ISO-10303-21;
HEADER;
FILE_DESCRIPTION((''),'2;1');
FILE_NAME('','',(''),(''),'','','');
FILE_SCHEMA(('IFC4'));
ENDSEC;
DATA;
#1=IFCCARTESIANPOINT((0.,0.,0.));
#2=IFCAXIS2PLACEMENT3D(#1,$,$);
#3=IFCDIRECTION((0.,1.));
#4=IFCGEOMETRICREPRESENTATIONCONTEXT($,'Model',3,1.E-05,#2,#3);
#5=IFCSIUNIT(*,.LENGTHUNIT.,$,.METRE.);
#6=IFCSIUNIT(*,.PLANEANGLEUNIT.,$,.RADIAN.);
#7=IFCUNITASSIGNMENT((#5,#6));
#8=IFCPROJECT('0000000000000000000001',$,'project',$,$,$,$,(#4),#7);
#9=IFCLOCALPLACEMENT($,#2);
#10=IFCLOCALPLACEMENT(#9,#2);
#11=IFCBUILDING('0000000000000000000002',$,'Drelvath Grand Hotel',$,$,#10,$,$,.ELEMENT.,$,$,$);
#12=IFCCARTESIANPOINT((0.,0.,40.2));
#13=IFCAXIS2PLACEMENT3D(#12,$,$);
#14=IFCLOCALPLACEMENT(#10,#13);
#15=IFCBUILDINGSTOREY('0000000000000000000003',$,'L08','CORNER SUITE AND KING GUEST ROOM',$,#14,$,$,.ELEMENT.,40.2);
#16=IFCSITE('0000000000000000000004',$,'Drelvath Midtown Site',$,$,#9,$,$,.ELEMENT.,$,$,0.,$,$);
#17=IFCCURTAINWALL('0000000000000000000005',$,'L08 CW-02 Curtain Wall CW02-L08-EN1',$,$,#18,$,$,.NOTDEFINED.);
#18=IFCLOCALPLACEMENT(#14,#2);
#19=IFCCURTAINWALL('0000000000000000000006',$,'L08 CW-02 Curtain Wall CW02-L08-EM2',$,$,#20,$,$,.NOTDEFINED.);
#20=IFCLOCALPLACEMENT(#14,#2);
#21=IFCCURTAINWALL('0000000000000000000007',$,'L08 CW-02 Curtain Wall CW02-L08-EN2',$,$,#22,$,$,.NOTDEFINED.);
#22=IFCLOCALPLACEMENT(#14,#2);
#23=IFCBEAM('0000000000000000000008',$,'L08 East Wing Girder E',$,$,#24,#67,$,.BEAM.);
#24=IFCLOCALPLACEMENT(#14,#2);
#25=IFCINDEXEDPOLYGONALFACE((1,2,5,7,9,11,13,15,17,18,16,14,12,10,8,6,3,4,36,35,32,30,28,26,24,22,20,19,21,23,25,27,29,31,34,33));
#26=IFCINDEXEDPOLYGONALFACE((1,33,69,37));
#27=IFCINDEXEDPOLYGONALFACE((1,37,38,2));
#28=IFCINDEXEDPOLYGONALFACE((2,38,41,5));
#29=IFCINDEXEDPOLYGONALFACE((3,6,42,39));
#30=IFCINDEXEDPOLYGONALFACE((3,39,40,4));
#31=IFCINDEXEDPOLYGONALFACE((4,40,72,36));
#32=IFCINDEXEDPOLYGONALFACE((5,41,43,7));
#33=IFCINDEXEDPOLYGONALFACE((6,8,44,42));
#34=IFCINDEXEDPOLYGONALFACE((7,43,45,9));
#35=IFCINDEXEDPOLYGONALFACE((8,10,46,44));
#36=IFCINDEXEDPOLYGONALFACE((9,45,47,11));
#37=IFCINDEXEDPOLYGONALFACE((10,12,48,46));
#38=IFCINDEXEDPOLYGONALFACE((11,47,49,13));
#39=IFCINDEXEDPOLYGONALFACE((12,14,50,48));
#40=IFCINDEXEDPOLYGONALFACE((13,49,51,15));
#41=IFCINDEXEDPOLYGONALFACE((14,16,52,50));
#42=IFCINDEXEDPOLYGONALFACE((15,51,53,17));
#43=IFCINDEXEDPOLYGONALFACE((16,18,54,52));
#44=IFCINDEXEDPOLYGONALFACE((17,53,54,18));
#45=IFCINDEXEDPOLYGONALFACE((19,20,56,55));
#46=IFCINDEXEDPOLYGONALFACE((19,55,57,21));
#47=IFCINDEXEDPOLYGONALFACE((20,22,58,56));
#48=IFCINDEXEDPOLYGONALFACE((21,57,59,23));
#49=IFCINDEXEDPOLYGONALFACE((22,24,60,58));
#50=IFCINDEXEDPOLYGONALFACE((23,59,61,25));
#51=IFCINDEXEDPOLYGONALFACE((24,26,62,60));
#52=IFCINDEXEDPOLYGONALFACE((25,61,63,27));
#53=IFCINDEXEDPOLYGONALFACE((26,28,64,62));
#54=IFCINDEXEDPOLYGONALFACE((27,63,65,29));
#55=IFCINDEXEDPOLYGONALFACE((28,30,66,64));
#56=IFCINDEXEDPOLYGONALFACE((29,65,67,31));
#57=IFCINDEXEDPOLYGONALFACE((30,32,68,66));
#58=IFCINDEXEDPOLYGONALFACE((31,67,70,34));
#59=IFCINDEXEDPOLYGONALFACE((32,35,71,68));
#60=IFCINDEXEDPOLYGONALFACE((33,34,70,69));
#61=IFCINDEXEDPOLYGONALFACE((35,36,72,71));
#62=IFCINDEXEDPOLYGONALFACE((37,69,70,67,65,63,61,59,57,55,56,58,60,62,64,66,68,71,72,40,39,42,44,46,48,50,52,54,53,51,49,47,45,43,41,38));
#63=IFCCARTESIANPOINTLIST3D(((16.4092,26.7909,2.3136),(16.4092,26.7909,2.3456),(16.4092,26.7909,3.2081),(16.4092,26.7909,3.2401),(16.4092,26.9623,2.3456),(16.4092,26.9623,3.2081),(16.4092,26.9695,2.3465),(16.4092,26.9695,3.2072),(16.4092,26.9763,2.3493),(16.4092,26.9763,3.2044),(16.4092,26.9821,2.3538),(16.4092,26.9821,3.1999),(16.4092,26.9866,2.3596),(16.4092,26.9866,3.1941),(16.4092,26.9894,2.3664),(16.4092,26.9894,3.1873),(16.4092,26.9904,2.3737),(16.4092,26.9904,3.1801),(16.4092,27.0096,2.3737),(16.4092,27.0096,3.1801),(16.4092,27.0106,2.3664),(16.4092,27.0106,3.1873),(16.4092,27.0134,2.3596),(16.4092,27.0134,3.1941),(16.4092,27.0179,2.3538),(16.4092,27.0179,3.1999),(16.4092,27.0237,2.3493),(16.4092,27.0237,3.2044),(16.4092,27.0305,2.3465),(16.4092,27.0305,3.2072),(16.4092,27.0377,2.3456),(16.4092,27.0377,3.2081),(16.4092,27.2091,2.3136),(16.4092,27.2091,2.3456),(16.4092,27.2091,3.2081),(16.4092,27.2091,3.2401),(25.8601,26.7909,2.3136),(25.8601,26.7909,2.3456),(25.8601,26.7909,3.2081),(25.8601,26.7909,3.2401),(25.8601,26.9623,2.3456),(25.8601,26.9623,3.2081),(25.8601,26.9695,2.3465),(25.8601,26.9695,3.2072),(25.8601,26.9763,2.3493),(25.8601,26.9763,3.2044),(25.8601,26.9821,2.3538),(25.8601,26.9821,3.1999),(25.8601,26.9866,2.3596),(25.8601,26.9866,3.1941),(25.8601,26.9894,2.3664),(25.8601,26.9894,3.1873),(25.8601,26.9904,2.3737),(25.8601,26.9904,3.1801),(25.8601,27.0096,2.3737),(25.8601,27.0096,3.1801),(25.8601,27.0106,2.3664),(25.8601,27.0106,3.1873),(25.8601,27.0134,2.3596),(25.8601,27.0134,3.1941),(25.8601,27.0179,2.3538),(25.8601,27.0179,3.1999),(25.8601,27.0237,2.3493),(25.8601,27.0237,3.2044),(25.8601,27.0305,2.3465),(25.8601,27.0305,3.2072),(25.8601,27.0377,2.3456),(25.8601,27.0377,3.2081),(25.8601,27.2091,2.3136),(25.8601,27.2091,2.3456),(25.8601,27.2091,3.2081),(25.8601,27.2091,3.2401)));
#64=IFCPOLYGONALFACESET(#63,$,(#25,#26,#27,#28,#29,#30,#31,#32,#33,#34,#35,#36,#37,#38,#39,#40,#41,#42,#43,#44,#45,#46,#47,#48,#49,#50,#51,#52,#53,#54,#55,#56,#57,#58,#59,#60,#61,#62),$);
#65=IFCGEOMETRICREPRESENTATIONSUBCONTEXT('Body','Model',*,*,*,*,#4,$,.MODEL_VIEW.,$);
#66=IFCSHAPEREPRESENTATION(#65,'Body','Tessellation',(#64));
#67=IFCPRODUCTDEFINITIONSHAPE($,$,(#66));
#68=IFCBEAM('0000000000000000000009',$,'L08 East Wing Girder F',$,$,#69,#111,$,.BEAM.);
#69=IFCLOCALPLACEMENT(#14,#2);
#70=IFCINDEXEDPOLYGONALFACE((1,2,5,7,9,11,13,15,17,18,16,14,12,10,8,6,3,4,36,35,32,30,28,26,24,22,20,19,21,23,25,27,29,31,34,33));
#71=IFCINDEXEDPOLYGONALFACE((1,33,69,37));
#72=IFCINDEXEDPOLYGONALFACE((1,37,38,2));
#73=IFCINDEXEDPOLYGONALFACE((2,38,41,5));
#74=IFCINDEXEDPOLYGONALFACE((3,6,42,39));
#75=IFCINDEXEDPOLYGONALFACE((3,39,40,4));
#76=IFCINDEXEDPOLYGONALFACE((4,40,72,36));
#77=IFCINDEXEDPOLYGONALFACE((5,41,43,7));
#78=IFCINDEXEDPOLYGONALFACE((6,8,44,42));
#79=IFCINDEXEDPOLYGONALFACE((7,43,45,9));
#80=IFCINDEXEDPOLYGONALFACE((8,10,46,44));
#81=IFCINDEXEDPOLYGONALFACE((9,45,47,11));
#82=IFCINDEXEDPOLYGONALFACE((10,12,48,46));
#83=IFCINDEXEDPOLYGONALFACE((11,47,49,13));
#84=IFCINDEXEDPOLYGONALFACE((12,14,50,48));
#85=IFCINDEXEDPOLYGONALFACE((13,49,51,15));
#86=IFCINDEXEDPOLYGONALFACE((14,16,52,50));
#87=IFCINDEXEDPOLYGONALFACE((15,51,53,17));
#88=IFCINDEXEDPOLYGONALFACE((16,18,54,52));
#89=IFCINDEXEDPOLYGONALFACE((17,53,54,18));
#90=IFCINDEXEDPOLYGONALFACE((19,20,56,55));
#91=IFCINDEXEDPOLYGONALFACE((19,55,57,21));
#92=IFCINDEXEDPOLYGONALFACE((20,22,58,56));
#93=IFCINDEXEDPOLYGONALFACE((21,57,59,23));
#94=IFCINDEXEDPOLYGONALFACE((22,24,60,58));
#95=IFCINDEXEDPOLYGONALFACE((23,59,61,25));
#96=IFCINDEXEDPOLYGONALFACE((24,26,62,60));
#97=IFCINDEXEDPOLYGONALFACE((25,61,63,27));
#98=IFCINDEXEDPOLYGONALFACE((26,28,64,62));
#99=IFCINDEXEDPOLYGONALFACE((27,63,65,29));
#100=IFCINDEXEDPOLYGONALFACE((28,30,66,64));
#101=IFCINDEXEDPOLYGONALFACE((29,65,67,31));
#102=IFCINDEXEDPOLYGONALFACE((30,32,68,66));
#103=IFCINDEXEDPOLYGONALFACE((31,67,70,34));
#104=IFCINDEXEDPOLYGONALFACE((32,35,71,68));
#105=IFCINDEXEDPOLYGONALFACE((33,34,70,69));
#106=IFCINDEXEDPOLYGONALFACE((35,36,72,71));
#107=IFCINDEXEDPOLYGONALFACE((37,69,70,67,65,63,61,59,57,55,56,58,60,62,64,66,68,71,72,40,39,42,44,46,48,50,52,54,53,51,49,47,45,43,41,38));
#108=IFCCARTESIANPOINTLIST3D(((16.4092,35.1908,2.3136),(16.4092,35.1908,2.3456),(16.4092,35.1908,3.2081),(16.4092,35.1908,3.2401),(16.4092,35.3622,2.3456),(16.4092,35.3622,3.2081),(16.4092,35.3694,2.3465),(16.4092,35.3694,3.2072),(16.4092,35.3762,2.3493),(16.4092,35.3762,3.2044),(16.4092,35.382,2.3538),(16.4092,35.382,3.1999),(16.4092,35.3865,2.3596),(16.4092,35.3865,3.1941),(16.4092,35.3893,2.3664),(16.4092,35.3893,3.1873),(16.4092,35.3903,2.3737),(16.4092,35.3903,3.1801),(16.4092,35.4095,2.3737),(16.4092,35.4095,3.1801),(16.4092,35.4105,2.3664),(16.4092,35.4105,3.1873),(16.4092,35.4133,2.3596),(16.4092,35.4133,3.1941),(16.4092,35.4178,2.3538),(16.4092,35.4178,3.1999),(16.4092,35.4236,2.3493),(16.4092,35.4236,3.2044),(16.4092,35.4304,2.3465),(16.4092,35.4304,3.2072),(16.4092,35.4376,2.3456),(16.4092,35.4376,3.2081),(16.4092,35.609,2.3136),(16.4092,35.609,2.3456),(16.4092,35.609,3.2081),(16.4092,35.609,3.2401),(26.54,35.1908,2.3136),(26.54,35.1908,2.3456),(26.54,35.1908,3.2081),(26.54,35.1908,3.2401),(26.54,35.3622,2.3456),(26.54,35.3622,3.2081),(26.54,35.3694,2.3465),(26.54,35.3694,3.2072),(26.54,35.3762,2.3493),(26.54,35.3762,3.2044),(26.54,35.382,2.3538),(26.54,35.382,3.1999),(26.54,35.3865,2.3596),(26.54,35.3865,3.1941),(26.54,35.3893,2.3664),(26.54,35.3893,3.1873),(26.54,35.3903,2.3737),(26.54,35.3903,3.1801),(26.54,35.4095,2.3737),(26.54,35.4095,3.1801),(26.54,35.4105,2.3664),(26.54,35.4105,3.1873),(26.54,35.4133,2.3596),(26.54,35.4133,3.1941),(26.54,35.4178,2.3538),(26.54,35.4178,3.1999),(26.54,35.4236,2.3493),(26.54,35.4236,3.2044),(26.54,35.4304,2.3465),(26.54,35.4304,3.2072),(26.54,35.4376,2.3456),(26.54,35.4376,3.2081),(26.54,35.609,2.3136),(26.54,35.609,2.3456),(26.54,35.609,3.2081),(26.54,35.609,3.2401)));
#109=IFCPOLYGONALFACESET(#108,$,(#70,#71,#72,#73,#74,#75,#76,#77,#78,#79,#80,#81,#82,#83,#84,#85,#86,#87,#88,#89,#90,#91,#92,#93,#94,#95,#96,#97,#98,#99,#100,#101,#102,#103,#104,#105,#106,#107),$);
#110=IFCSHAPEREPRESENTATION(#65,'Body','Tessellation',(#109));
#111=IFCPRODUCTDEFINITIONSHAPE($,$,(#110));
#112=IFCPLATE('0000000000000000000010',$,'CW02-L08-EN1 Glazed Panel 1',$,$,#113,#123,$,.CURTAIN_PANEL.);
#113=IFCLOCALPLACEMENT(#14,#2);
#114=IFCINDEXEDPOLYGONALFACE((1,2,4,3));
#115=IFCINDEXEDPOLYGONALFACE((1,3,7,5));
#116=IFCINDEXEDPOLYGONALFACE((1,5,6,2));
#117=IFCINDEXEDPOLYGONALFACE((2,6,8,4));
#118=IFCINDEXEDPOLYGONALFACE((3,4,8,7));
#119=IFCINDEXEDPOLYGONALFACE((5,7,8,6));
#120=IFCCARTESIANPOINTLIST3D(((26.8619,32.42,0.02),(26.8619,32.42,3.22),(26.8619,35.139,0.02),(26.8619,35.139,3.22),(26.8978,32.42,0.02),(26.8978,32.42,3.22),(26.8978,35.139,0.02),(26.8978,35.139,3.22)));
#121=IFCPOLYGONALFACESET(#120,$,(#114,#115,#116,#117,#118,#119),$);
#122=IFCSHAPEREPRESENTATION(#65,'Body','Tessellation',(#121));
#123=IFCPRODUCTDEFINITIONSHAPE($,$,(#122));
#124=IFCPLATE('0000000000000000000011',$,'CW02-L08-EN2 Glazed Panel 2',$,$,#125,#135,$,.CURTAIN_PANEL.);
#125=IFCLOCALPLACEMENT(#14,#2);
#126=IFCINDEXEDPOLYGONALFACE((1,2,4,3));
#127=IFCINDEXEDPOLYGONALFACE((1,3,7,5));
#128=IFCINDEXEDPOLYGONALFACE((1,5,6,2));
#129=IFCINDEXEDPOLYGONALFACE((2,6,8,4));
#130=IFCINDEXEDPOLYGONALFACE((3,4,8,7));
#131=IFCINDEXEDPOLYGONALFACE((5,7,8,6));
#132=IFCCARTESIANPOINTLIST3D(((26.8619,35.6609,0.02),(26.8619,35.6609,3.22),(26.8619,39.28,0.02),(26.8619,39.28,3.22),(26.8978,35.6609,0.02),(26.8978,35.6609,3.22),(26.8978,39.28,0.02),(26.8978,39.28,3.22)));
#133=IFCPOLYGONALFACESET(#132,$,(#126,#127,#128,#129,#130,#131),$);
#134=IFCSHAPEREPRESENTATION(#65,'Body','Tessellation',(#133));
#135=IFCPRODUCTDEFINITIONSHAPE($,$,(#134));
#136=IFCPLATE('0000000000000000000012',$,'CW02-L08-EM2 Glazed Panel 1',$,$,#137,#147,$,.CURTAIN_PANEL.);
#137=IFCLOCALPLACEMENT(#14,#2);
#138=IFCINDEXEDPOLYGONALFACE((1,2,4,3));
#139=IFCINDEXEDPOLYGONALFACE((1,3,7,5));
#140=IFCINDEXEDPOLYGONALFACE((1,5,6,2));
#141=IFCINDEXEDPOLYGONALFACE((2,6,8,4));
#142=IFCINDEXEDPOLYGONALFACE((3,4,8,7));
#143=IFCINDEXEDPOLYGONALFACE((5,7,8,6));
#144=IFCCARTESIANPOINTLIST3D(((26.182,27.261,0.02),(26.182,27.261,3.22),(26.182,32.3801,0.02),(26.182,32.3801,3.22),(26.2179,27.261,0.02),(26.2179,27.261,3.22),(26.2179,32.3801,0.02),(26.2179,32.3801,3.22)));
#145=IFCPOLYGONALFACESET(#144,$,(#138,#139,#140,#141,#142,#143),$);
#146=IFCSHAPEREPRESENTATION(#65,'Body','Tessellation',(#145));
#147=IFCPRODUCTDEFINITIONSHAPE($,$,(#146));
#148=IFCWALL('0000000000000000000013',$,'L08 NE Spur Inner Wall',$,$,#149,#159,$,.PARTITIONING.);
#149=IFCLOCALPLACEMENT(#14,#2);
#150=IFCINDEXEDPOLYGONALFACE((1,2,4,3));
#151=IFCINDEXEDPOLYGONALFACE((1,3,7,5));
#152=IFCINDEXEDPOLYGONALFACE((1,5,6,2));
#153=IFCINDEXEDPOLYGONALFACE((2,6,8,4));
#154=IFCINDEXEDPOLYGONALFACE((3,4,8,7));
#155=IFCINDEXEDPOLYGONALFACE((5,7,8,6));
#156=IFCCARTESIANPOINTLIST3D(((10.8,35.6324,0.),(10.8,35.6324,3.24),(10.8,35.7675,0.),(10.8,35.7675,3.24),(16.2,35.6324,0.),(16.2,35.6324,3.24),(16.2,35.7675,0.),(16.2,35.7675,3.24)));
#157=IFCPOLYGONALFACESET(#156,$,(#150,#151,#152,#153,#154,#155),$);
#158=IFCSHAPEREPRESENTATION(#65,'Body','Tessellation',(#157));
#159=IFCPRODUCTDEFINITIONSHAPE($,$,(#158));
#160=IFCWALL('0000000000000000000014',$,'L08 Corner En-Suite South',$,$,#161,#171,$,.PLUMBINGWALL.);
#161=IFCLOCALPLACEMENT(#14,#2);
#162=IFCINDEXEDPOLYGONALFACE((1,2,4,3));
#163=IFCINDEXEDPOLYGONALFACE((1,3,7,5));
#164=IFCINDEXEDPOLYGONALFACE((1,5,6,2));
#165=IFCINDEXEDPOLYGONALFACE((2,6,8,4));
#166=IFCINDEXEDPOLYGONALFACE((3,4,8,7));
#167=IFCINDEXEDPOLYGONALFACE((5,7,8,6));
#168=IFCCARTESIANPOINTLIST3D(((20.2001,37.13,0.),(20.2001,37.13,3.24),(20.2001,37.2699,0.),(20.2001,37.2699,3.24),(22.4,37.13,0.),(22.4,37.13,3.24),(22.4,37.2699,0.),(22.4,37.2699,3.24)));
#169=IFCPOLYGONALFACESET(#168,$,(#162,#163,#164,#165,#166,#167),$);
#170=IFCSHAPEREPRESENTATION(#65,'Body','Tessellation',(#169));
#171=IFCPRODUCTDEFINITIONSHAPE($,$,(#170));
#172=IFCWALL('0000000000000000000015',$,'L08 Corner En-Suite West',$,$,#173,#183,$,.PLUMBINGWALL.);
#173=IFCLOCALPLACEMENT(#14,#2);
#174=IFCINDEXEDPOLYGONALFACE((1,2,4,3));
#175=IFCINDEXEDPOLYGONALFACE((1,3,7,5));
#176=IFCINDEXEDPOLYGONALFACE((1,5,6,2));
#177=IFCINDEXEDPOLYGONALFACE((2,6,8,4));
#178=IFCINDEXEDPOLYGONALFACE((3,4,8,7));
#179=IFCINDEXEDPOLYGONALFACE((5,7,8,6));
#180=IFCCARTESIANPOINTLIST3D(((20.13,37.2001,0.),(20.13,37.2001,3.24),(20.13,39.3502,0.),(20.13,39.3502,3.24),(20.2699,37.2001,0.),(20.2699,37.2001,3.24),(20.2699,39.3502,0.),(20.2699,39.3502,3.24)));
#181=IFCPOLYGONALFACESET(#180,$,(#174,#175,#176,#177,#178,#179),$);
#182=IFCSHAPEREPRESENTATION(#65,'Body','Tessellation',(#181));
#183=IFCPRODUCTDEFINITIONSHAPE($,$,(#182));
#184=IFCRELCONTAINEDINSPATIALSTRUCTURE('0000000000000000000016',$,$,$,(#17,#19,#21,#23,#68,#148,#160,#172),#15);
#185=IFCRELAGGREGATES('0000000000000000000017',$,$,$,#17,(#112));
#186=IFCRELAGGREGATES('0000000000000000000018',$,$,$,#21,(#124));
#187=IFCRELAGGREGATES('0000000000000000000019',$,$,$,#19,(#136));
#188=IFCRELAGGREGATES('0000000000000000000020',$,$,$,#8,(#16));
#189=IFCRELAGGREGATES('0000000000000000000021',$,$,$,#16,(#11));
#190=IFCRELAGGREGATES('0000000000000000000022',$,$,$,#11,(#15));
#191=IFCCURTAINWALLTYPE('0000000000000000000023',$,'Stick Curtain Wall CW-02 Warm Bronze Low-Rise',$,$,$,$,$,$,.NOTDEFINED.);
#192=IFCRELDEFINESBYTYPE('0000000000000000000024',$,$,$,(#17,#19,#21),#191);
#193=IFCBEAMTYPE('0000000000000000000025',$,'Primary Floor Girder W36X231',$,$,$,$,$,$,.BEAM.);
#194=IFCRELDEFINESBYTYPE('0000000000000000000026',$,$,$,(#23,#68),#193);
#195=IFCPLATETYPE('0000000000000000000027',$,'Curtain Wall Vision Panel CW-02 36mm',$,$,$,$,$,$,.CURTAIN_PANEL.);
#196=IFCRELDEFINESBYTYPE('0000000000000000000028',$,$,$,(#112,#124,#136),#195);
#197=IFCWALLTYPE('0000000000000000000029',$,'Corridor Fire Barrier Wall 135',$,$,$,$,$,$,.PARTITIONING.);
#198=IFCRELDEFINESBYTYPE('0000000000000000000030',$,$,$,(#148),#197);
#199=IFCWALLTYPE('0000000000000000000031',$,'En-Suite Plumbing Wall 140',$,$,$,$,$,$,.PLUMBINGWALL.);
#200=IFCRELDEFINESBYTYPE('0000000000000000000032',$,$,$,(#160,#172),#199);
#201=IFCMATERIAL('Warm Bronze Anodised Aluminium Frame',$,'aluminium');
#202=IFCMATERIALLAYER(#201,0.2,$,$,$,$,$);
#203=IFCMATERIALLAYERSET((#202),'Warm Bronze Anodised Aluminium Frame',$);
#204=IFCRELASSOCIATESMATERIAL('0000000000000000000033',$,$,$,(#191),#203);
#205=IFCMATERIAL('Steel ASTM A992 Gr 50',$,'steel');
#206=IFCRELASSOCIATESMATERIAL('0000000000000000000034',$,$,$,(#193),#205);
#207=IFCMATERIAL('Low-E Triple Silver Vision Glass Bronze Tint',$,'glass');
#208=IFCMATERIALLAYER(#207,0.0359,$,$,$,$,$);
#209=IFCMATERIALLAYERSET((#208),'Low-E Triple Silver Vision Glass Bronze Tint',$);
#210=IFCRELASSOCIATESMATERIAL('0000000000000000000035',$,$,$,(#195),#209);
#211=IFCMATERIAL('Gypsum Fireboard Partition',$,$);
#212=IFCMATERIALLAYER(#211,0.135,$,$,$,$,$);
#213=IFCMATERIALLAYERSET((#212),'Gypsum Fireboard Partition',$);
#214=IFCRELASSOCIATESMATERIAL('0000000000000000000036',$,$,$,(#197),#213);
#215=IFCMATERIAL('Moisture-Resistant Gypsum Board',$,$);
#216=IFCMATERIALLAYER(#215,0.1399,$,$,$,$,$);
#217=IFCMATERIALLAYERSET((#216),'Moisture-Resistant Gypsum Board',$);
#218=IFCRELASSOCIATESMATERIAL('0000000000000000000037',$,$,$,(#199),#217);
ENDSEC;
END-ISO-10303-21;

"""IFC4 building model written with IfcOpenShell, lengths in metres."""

from ifc_helpers import new_model, si_unit, direction, frame, frame_2d, origin, origin_2d, place, context, subcontext, project, spatial, rectangle, i_section, extrude, material, layer, layer_set, material_profile, profile_set, type_object, element, aggregate, save


model = new_model("IFC4")

# Units and contexts
model_context = context("Model", 3, precision=1e-05, world=origin(), true_north=direction((0.0, 1.0)))
body_context = subcontext(model_context, "Body", "Model", "MODEL_VIEW")
ifc_project = project(units=[si_unit("LENGTHUNIT", "METRE"), si_unit("PLANEANGLEUNIT", "RADIAN")], contexts=[model_context])

# Site, building, storey
site_placement = place(None, origin())
site = spatial("IfcSite", under=ifc_project, at=site_placement, Name="Drelvath Midtown Site", CompositionType="ELEMENT", RefElevation=0.0)
building_placement = place(site_placement, origin())
building = spatial("IfcBuilding", under=site, at=building_placement, Name="Drelvath Grand Hotel", CompositionType="ELEMENT")
storey_placement = place(building_placement, frame((0.0, 0.0, 40.2)))
storey = spatial("IfcBuildingStorey", under=building, at=storey_placement, Name="L08", Description="CORNER SUITE AND KING GUEST ROOM", CompositionType="ELEMENT", Elevation=40.2)

# Curtain walls
ifc_material_1 = material(Name="Warm Bronze Anodised Aluminium Frame", Category="aluminium")
ifc_layer_1 = layer(ifc_material_1, 0.2)
ifc_layer_set_1 = layer_set([ifc_layer_1], Name="Warm Bronze Anodised Aluminium Frame")
curtain_wall_type = type_object("IfcCurtainWallType", Name="Stick Curtain Wall CW-02 Warm Bronze Low-Rise", PredefinedType="NOTDEFINED", material=ifc_layer_set_1)
curtain_wall_1_placement = place(storey_placement, origin())
curtain_wall_1 = element("IfcCurtainWall", 1, at=curtain_wall_1_placement, inside=storey, type_object=curtain_wall_type, Name="L08 CW-02 Curtain Wall CW02-L08-EN1", PredefinedType="NOTDEFINED")
curtain_wall_2_placement = place(storey_placement, origin())
curtain_wall_2 = element("IfcCurtainWall", 2, at=curtain_wall_2_placement, inside=storey, type_object=curtain_wall_type, Name="L08 CW-02 Curtain Wall CW02-L08-EM2", PredefinedType="NOTDEFINED")

# Curtain wall
curtain_wall_3_placement = place(storey_placement, origin())
curtain_wall_3 = element("IfcCurtainWall", 3, at=curtain_wall_3_placement, inside=storey, type_object=curtain_wall_type, Name="L08 CW-02 Curtain Wall CW02-L08-EN2", PredefinedType="NOTDEFINED")

# Beams
ifc_material_2 = material(Name="Steel ASTM A992 Gr 50", Category="steel")
ifc_material_profile_1 = material_profile(ifc_material_2, i_section(OverallWidth=0.4182, OverallDepth=0.9265, WebThickness=0.0193, FlangeThickness=0.032, FilletRadius=0.0281, at=origin_2d()), Name="W36X231")
ifc_profile_set_1 = profile_set([ifc_material_profile_1], Name="Steel ASTM A992 Gr 50")
beam_type_1 = type_object("IfcBeamType", Name="Primary Floor Girder W36X231", PredefinedType="BEAM", material=ifc_profile_set_1)
beam_1_placement = place(storey_placement, frame((16.4092, 27.0, 2.7769), z_axis=(1.0, 0.0, 0.0), x_axis=(0.0, 1.0, 0.0)))
element("IfcBeam", 4, at=beam_1_placement, inside=storey, type_object=beam_type_1, Name="L08 East Wing Girder E", PredefinedType="BEAM", context=body_context, shape_type="SweptSolid", body=[
    extrude(i_section(OverallWidth=0.4182, OverallDepth=0.9265, WebThickness=0.0193, FlangeThickness=0.032, FilletRadius=0.0281, at=origin_2d()), origin(), (0.0, 0.0, 1.0), 9.4509),
])
beam_2_placement = place(storey_placement, frame((16.4092, 35.3999, 2.7769), z_axis=(1.0, 0.0, 0.0), x_axis=(0.0, 1.0, 0.0)))
element("IfcBeam", 5, at=beam_2_placement, inside=storey, type_object=beam_type_1, Name="L08 East Wing Girder F", PredefinedType="BEAM", context=body_context, shape_type="SweptSolid", body=[
    extrude(i_section(OverallWidth=0.4182, OverallDepth=0.9265, WebThickness=0.0193, FlangeThickness=0.032, FilletRadius=0.0281, at=origin_2d()), origin(), (0.0, 0.0, 1.0), 10.1309),
])

# Plates
ifc_material_3 = material(Name="Low-E Triple Silver Vision Glass Bronze Tint", Category="glass")
ifc_layer_2 = layer(ifc_material_3, 0.0359)
ifc_layer_set_2 = layer_set([ifc_layer_2], Name="Low-E Triple Silver Vision Glass Bronze Tint")
plate_type = type_object("IfcPlateType", Name="Curtain Wall Vision Panel CW-02 36mm", PredefinedType="CURTAIN_PANEL", material=ifc_layer_set_2)
plate_1_placement = place(storey_placement, frame((26.8799, 33.7795, 0.02), z_axis=(0.0, 0.0, 1.0), x_axis=(0.0, -1.0, 0.0)))
plate_1 = element("IfcPlate", 6, at=plate_1_placement, type_object=plate_type, Name="CW02-L08-EN1 Glazed Panel 1", PredefinedType="CURTAIN_PANEL", context=body_context, shape_type="SweptSolid", body=[
    extrude(rectangle(XDim=2.719, YDim=0.0359, at=origin_2d()), origin(), (0.0, 0.0, 1.0), 3.2),
])
aggregate(curtain_wall_1, [plate_1])
plate_2_placement = place(storey_placement, frame((26.8799, 37.4705, 0.02), z_axis=(0.0, 0.0, 1.0), x_axis=(0.0, -1.0, 0.0)))
plate_2 = element("IfcPlate", 7, at=plate_2_placement, type_object=plate_type, Name="CW02-L08-EN2 Glazed Panel 2", PredefinedType="CURTAIN_PANEL", context=body_context, shape_type="SweptSolid", body=[
    extrude(rectangle(XDim=3.6191, YDim=0.0359, at=origin_2d()), origin(), (0.0, 0.0, 1.0), 3.2),
])
aggregate(curtain_wall_3, [plate_2])
plate_3_placement = place(storey_placement, frame((26.2, 29.8206, 0.02), z_axis=(0.0, 0.0, 1.0), x_axis=(0.0, -1.0, 0.0)))
plate_3 = element("IfcPlate", 8, at=plate_3_placement, type_object=plate_type, Name="CW02-L08-EM2 Glazed Panel 1", PredefinedType="CURTAIN_PANEL", context=body_context, shape_type="SweptSolid", body=[
    extrude(rectangle(XDim=5.1191, YDim=0.0359, at=origin_2d()), origin(), (0.0, 0.0, 1.0), 3.2),
])
aggregate(curtain_wall_2, [plate_3])

# Wall
ifc_material_4 = material(Name="Gypsum Fireboard Partition")
ifc_layer_3 = layer(ifc_material_4, 0.135)
ifc_layer_set_3 = layer_set([ifc_layer_3], Name="Gypsum Fireboard Partition")
wall_type_1 = type_object("IfcWallType", Name="Corridor Fire Barrier Wall 135", PredefinedType="PARTITIONING", material=ifc_layer_set_3)
wall_1_placement = place(storey_placement, frame((10.8, 35.7, 0.0), z_axis=(0.0, 0.0, 1.0), x_axis=(1.0, 0.0, 0.0)))
element("IfcWall", 9, at=wall_1_placement, inside=storey, type_object=wall_type_1, Name="L08 NE Spur Inner Wall", PredefinedType="PARTITIONING", context=body_context, shape_type="SweptSolid", body=[
    extrude(rectangle(XDim=5.3999, YDim=0.135, at=frame_2d((2.7, 0.0))), origin(), (0.0, 0.0, 1.0), 3.24),
])

# Walls
ifc_material_5 = material(Name="Moisture-Resistant Gypsum Board")
ifc_layer_4 = layer(ifc_material_5, 0.1399)
ifc_layer_set_4 = layer_set([ifc_layer_4], Name="Moisture-Resistant Gypsum Board")
wall_type_2 = type_object("IfcWallType", Name="En-Suite Plumbing Wall 140", PredefinedType="PLUMBINGWALL", material=ifc_layer_set_4)
wall_2_placement = place(storey_placement, frame((20.2, 37.2, 0.0), z_axis=(0.0, 0.0, 1.0), x_axis=(1.0, 0.0, 0.0)))
element("IfcWall", 10, at=wall_2_placement, inside=storey, type_object=wall_type_2, Name="L08 Corner En-Suite South", PredefinedType="PLUMBINGWALL", context=body_context, shape_type="SweptSolid", body=[
    extrude(rectangle(XDim=2.2, YDim=0.1399, at=frame_2d((1.1001, 0.0))), origin(), (0.0, 0.0, 1.0), 3.24),
])
wall_3_placement = place(storey_placement, frame((20.2, 37.2, 0.0), z_axis=(0.0, 0.0, 1.0), x_axis=(0.0, 1.0, 0.0)))
element("IfcWall", 11, at=wall_3_placement, inside=storey, type_object=wall_type_2, Name="L08 Corner En-Suite West", PredefinedType="PLUMBINGWALL", context=body_context, shape_type="SweptSolid", body=[
    extrude(rectangle(XDim=2.1501, YDim=0.1399, at=frame_2d((1.0752, 0.0))), origin(), (0.0, 0.0, 1.0), 3.24),
])

save(model, "model.ifc")
